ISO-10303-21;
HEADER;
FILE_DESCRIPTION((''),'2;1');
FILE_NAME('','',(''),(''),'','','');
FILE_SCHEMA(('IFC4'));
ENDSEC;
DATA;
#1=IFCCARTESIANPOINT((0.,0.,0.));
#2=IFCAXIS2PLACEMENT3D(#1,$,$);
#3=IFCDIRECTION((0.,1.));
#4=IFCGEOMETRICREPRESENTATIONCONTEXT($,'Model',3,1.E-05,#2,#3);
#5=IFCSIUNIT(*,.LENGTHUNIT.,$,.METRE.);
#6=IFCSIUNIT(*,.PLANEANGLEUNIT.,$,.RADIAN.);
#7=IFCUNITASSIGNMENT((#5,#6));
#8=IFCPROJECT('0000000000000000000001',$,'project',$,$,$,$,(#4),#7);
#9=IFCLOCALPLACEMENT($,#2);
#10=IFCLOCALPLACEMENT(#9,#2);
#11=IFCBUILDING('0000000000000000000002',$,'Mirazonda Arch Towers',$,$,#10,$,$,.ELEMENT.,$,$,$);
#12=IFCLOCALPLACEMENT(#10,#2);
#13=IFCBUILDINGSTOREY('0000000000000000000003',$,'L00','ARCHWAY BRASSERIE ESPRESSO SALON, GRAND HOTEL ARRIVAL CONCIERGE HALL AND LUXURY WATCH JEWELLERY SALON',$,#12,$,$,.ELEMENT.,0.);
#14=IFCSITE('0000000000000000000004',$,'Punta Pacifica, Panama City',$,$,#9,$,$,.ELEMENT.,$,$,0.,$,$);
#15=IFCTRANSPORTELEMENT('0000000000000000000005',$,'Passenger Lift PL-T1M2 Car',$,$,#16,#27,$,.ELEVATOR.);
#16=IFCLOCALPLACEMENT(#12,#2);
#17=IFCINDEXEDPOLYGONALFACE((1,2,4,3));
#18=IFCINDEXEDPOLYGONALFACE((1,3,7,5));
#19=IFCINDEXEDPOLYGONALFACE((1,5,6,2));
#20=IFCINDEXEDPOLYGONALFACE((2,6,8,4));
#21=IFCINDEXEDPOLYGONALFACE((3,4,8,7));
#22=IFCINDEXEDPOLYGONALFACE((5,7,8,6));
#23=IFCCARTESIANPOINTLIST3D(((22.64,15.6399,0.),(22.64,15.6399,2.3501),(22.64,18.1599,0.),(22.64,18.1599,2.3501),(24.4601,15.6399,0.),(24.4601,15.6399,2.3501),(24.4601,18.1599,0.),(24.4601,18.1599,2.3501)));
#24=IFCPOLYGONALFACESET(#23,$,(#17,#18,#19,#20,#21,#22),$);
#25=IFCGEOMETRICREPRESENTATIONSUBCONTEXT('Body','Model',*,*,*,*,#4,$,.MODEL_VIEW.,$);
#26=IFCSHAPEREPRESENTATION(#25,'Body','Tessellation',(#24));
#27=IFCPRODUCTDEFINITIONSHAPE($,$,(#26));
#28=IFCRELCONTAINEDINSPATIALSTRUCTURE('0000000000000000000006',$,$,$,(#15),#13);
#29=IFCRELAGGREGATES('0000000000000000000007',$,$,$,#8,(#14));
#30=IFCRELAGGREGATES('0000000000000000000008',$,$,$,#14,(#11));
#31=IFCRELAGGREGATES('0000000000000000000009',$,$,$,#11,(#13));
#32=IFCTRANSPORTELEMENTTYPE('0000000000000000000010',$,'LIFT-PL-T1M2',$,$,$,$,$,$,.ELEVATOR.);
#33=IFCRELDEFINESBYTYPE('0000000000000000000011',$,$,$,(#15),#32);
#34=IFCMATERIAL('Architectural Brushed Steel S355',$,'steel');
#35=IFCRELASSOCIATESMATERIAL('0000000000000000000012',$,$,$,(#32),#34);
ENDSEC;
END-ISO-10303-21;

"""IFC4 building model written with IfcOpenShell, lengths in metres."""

from ifc_helpers import new_model, si_unit, direction, frame, origin, origin_2d, place, context, subcontext, project, spatial, rectangle, extrude, material, type_object, element, save


model = new_model("IFC4")

# Units and contexts
model_context = context("Model", 3, precision=1e-05, world=origin(), true_north=direction((0.0, 1.0)))
body_context = subcontext(model_context, "Body", "Model", "MODEL_VIEW")
ifc_project = project(units=[si_unit("LENGTHUNIT", "METRE"), si_unit("PLANEANGLEUNIT", "RADIAN")], contexts=[model_context])

# Site, building, storey
site_placement = place(None, origin())
site = spatial("IfcSite", under=ifc_project, at=site_placement, Name="Punta Pacifica, Panama City", CompositionType="ELEMENT", RefElevation=0.0)
building_placement = place(site_placement, origin())
building = spatial("IfcBuilding", under=site, at=building_placement, Name="Mirazonda Arch Towers", CompositionType="ELEMENT")
storey_placement = place(building_placement, origin())
storey = spatial("IfcBuildingStorey", under=building, at=storey_placement, Name="L00", Description="ARCHWAY BRASSERIE ESPRESSO SALON, GRAND HOTEL ARRIVAL CONCIERGE HALL AND LUXURY WATCH JEWELLERY SALON", CompositionType="ELEMENT", Elevation=0.0)

# Shared definitions
ifc_material_1 = material(Name="Architectural Brushed Steel S355", Category="steel")

# Transport element
transport_element_type_1 = type_object("IfcTransportElementType", Name="LIFT-PL-T1M2", PredefinedType="ELEVATOR", material=ifc_material_1)
transport_element_1_placement = place(storey_placement, frame((23.55, 16.8999, 0.0), z_axis=(0.0, 0.0, 1.0), x_axis=(1.0, 0.0, 0.0)))
element("IfcTransportElement", 1, at=transport_element_1_placement, inside=storey, type_object=transport_element_type_1, Name="Passenger Lift PL-T1M2 Car", PredefinedType="ELEVATOR", context=body_context, shape_type="SweptSolid", body=[
    extrude(rectangle(XDim=1.8201, YDim=2.52, at=origin_2d()), origin(), (0.0, 0.0, 1.0), 2.3501),
])

save(model, "model.ifc")
